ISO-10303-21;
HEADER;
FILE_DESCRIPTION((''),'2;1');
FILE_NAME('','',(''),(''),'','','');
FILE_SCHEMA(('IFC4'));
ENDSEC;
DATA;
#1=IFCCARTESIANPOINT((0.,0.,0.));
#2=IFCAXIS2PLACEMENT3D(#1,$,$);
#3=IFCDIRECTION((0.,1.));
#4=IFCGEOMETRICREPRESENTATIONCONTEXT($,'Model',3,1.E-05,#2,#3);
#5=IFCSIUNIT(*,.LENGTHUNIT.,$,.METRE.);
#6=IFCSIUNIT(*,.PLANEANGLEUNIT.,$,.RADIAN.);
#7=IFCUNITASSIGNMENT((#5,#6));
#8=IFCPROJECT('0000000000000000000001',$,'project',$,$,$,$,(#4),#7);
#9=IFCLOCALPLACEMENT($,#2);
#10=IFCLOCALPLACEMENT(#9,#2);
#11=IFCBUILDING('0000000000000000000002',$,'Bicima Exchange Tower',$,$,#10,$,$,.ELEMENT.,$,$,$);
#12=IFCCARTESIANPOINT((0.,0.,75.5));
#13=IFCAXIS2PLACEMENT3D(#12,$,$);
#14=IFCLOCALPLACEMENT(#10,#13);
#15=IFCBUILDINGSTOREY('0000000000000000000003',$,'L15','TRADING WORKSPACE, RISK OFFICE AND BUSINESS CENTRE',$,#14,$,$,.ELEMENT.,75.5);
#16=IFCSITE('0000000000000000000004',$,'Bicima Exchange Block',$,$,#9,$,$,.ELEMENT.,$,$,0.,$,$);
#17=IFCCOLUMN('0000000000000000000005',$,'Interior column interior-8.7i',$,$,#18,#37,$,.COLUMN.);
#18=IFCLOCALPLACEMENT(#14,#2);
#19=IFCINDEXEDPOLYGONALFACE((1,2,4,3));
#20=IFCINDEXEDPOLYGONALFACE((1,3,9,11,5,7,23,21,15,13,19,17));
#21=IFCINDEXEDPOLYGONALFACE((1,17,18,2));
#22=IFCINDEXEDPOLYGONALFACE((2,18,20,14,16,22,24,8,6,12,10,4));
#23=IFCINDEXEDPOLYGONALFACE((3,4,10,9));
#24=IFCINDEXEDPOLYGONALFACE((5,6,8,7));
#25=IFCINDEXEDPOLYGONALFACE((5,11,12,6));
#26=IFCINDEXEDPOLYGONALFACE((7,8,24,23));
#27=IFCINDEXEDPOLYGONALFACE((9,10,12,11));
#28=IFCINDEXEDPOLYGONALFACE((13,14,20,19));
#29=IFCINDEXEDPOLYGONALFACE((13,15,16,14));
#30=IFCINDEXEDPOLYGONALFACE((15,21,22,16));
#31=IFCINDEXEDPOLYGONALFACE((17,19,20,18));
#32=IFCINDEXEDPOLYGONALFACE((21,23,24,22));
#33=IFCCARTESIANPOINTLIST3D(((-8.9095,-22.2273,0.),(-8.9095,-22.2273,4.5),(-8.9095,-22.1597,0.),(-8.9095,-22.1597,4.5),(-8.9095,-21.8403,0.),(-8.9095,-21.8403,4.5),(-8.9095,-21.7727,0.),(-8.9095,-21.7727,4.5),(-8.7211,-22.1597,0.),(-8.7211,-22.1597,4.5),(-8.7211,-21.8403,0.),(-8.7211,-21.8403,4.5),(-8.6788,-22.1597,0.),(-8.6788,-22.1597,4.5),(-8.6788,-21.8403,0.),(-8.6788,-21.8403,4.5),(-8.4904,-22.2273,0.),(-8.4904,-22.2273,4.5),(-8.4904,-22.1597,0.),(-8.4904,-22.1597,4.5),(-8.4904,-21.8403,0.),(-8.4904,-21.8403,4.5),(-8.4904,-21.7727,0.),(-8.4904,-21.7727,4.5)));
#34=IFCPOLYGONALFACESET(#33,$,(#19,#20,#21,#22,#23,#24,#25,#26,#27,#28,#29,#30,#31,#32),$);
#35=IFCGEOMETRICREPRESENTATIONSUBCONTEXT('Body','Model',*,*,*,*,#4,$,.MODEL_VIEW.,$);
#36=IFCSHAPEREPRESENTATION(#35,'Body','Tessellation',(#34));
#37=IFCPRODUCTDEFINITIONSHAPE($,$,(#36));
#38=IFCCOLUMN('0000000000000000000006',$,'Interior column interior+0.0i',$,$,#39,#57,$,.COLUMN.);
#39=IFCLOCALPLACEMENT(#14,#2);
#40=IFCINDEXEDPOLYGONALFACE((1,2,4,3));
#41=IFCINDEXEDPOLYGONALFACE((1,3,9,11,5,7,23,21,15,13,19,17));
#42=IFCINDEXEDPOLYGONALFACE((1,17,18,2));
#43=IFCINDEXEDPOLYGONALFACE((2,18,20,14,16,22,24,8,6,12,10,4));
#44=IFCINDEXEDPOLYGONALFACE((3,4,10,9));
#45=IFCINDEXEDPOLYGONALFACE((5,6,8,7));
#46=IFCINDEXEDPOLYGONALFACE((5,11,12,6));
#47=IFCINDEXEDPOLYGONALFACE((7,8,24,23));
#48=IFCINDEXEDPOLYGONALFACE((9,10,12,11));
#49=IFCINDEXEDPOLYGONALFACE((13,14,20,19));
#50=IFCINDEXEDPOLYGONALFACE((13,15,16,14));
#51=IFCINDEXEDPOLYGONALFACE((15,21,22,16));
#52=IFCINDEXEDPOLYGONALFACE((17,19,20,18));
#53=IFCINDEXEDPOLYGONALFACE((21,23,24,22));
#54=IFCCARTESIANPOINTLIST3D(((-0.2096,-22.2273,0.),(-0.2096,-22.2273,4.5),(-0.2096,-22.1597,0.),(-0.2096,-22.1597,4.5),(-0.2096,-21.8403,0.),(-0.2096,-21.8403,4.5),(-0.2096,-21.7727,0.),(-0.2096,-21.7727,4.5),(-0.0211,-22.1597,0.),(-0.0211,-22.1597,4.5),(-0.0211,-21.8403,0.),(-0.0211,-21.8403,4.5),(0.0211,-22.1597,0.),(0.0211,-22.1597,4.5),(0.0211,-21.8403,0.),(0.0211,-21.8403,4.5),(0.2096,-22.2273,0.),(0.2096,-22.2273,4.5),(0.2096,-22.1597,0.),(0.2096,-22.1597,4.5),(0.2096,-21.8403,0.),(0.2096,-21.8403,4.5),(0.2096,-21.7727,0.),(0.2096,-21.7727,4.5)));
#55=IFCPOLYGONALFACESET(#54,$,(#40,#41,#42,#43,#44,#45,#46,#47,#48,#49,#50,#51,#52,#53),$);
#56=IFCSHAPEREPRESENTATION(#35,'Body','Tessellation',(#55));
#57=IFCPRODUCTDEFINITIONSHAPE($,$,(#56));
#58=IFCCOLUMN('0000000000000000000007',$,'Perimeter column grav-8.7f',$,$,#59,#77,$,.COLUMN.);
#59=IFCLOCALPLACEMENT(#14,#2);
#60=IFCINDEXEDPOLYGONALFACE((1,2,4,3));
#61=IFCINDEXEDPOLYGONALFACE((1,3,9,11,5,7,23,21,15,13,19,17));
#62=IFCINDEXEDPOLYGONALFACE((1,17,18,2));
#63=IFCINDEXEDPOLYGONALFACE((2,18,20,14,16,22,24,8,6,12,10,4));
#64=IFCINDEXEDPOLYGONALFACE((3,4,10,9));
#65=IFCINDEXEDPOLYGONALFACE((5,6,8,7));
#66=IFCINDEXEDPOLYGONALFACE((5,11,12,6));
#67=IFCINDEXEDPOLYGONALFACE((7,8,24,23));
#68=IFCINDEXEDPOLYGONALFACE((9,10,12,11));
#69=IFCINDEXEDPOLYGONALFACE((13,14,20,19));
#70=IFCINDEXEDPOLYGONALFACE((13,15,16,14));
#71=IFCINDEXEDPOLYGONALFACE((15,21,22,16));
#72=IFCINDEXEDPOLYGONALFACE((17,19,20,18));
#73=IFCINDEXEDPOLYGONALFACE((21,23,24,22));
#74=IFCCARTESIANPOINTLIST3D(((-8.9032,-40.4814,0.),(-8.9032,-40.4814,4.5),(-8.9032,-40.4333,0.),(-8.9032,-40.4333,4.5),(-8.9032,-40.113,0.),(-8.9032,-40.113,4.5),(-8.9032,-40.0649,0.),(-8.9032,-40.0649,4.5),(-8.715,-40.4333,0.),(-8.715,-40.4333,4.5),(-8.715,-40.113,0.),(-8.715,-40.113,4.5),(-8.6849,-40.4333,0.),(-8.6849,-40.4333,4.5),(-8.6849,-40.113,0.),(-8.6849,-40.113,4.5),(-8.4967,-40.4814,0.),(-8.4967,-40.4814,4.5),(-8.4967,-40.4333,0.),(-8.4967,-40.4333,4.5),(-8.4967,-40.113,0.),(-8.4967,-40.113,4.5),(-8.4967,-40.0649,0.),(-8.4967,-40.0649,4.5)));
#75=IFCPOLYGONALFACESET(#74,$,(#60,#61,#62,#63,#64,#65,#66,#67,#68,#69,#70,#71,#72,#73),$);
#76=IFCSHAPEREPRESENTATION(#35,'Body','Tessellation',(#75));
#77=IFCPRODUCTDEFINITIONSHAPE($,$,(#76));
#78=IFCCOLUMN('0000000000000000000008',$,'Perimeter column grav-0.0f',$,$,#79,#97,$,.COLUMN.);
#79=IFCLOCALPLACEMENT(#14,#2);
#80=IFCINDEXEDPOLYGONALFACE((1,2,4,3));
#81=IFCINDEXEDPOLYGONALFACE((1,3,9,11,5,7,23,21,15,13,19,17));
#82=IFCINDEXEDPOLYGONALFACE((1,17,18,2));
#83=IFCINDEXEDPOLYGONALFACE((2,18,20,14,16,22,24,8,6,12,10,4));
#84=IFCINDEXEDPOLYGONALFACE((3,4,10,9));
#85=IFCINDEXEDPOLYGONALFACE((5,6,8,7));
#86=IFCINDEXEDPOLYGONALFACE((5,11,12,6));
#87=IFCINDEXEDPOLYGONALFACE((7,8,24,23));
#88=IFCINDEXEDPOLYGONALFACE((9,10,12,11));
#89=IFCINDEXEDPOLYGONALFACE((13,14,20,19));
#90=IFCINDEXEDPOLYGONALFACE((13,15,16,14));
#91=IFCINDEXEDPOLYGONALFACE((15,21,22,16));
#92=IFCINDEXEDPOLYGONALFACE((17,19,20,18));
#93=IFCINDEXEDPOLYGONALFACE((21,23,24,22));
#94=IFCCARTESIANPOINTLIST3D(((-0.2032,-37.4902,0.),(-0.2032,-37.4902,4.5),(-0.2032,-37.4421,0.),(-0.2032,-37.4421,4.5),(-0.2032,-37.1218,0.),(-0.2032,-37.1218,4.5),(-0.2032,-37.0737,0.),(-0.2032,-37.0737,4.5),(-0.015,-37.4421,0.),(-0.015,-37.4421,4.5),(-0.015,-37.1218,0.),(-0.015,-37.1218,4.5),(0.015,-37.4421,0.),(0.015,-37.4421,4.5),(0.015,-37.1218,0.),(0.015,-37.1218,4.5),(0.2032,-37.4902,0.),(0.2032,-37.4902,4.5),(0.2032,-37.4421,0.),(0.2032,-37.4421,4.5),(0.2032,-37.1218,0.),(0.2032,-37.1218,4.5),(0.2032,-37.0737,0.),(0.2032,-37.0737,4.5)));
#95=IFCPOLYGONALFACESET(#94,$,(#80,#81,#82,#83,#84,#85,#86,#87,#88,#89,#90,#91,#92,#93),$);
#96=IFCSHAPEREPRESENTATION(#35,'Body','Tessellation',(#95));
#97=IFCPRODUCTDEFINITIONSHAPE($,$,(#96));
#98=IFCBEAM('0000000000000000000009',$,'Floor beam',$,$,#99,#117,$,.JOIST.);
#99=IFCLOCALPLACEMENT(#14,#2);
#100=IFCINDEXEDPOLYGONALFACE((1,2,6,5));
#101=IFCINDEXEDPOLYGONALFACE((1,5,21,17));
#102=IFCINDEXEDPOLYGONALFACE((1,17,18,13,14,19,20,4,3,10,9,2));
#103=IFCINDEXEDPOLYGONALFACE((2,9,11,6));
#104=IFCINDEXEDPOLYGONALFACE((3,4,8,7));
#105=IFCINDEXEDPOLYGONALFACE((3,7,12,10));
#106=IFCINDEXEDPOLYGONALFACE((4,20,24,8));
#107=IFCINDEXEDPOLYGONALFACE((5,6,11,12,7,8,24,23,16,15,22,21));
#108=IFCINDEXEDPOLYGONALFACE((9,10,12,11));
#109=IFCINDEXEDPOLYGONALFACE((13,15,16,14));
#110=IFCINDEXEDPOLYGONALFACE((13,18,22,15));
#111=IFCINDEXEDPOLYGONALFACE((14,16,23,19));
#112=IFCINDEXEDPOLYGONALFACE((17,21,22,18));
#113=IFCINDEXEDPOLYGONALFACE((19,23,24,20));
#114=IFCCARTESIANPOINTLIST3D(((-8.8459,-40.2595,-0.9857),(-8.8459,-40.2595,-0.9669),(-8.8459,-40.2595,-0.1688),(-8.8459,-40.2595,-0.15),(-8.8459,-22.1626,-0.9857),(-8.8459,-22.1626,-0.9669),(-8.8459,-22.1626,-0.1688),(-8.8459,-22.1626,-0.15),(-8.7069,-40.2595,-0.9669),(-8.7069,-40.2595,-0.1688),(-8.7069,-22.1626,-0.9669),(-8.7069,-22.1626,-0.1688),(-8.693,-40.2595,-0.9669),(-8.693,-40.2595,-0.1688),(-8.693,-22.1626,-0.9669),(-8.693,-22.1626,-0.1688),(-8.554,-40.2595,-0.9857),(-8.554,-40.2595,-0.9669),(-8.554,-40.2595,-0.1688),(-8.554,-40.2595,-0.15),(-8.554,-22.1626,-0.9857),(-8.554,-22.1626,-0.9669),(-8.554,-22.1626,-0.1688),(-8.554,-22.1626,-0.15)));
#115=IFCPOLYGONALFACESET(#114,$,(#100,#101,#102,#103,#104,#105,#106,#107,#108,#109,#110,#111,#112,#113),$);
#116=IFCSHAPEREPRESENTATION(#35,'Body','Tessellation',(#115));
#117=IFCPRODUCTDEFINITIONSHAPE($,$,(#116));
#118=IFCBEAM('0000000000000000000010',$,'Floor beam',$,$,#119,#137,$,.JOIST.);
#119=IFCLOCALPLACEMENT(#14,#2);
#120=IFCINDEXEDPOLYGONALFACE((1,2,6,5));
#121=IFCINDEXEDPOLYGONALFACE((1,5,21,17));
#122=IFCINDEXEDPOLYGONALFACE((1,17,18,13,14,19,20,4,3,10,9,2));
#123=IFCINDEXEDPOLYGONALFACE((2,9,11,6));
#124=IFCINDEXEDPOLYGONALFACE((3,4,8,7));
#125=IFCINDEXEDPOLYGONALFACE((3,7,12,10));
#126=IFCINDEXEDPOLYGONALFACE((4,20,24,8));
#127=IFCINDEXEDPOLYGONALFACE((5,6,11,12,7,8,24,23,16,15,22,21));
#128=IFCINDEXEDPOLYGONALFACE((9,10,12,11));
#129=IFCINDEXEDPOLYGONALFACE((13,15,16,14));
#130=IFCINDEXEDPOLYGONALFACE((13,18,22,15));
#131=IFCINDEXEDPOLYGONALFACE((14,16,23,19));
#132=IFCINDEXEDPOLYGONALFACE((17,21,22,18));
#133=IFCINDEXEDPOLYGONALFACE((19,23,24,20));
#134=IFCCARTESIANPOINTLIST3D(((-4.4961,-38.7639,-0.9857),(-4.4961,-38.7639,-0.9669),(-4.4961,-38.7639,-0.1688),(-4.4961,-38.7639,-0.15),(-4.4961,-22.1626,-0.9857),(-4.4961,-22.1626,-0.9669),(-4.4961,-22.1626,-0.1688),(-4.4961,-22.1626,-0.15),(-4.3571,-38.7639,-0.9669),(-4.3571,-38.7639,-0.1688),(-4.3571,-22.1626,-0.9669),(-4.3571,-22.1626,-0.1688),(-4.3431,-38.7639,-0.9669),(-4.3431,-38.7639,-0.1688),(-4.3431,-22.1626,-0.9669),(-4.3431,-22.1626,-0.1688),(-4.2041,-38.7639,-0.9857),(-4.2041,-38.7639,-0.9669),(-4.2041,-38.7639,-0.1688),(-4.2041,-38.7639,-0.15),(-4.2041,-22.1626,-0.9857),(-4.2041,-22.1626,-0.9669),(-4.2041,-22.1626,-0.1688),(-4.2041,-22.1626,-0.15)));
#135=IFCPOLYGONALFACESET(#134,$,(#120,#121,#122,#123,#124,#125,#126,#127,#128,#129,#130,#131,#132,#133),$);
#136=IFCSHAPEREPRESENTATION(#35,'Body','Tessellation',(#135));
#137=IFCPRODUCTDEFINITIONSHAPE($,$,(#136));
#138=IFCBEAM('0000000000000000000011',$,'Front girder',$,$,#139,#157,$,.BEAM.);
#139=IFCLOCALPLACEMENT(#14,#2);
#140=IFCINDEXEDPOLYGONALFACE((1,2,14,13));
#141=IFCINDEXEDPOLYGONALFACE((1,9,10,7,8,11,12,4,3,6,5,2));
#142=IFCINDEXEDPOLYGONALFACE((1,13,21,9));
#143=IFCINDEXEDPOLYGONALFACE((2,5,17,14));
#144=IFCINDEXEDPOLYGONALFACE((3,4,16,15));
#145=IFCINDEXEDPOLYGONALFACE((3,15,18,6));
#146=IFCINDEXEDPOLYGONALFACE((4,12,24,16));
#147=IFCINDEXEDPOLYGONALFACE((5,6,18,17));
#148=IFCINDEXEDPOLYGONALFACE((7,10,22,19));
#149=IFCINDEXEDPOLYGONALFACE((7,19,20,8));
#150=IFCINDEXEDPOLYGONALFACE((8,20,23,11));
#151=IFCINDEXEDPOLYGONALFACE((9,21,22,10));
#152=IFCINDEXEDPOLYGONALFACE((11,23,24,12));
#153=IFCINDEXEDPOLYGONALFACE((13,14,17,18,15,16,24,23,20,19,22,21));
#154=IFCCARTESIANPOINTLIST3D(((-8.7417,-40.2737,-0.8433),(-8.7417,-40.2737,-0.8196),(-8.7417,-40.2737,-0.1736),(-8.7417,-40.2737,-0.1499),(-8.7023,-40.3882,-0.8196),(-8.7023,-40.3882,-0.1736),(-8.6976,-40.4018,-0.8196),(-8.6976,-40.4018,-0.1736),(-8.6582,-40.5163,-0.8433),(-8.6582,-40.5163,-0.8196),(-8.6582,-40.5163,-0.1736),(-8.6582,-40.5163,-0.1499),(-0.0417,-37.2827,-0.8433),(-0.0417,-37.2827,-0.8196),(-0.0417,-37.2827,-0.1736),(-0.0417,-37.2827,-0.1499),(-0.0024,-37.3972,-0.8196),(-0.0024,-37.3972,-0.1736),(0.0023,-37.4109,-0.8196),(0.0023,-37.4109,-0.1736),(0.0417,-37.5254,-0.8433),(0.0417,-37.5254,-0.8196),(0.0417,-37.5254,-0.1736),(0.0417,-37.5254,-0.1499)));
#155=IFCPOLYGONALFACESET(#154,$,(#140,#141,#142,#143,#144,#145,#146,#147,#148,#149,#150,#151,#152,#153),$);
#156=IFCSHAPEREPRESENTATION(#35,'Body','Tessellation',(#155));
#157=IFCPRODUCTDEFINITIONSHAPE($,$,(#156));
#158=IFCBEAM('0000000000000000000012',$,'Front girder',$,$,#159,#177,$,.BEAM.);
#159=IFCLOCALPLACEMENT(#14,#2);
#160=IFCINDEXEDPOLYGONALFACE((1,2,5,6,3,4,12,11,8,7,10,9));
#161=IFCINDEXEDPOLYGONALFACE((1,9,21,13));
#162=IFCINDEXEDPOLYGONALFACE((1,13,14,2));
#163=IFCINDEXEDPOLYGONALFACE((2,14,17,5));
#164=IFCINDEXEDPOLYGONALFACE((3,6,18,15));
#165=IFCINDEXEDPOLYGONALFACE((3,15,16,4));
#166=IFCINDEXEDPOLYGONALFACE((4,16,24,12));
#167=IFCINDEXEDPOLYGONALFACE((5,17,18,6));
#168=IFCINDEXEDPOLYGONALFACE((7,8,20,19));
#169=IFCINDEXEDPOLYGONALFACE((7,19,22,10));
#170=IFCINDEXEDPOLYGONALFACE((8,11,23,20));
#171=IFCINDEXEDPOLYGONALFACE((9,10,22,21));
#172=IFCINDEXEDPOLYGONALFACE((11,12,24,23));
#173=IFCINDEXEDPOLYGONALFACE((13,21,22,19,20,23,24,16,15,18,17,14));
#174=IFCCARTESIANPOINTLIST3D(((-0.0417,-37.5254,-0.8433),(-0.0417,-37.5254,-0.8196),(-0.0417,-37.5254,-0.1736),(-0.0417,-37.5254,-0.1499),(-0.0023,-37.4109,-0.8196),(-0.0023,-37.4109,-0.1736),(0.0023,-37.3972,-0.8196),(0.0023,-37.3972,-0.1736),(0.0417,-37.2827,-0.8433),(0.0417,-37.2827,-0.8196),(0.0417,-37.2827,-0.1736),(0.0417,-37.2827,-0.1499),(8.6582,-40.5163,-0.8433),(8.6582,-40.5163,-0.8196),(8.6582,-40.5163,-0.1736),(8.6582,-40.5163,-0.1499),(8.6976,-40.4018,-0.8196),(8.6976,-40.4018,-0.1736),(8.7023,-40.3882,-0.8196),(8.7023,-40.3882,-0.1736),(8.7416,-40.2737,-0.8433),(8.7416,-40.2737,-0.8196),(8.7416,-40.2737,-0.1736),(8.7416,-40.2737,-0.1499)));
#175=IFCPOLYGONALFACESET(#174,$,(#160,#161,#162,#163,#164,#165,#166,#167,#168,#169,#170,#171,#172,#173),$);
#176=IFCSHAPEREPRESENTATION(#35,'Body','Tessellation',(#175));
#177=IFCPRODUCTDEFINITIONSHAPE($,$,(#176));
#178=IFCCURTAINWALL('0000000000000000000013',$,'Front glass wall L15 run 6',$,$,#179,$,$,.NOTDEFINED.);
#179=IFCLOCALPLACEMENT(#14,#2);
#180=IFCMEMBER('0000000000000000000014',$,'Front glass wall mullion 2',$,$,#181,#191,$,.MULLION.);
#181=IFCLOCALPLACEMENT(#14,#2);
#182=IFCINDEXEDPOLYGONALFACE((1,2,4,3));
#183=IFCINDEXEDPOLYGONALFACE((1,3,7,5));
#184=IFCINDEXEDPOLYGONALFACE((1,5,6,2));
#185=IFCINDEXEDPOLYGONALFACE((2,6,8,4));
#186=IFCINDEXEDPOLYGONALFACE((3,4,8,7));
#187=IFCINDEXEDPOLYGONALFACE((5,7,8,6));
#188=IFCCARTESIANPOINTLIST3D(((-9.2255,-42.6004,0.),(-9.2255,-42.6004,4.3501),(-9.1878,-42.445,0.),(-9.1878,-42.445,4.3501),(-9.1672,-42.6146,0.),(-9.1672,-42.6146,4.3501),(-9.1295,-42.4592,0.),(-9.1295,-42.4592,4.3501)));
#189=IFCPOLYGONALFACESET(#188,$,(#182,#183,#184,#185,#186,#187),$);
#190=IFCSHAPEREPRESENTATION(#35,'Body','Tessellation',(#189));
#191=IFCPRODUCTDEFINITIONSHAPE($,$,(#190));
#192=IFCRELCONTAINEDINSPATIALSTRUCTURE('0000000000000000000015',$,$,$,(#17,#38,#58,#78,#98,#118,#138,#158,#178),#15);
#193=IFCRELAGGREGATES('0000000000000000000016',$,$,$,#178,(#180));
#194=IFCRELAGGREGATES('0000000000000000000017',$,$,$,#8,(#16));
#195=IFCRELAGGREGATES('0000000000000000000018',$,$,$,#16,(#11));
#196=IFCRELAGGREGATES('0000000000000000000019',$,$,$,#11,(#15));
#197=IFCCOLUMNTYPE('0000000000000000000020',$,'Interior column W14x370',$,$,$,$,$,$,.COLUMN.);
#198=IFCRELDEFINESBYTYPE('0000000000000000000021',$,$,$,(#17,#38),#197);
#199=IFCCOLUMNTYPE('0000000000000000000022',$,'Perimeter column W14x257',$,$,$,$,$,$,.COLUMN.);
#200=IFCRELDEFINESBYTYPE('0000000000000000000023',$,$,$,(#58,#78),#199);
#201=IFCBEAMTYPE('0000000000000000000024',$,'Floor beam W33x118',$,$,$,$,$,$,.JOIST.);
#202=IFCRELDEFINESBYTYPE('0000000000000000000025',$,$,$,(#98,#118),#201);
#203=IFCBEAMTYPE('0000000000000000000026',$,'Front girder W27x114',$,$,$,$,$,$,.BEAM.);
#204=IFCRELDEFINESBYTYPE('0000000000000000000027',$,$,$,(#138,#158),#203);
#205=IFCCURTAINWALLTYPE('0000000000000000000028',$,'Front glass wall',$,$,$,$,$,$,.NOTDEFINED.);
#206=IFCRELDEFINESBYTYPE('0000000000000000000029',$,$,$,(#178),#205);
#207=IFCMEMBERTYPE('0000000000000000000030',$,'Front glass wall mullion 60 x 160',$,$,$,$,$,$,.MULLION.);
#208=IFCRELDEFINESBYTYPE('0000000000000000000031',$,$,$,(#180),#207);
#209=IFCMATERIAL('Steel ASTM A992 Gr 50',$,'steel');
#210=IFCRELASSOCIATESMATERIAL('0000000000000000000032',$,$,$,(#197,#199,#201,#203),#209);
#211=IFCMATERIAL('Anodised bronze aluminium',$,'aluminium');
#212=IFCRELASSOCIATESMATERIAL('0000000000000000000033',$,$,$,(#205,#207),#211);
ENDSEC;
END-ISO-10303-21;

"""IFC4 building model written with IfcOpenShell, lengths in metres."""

from ifc_helpers import new_model, si_unit, direction, frame, origin, origin_2d, place, context, subcontext, project, spatial, rectangle, i_section, extrude, material, material_profile, profile_set, type_object, element, aggregate, save


model = new_model("IFC4")

# Units and contexts
model_context = context("Model", 3, precision=1e-05, world=origin(), true_north=direction((0.0, 1.0)))
body_context = subcontext(model_context, "Body", "Model", "MODEL_VIEW")
ifc_project = project(units=[si_unit("LENGTHUNIT", "METRE"), si_unit("PLANEANGLEUNIT", "RADIAN")], contexts=[model_context])

# Site, building, storey
site_placement = place(None, origin())
site = spatial("IfcSite", under=ifc_project, at=site_placement, Name="Bicima Exchange Block", CompositionType="ELEMENT", RefElevation=0.0)
building_placement = place(site_placement, origin())
building = spatial("IfcBuilding", under=site, at=building_placement, Name="Bicima Exchange Tower", CompositionType="ELEMENT")
storey_placement = place(building_placement, frame((0.0, 0.0, 75.5)))
storey = spatial("IfcBuildingStorey", under=building, at=storey_placement, Name="L15", Description="TRADING WORKSPACE, RISK OFFICE AND BUSINESS CENTRE", CompositionType="ELEMENT", Elevation=75.5)

# Columns
ifc_material_1 = material(Name="Steel ASTM A992 Gr 50", Category="steel")
ifc_material_profile_1 = material_profile(ifc_material_1, i_section(OverallWidth=0.4192, OverallDepth=0.4546, WebThickness=0.0422, FlangeThickness=0.0676, at=origin_2d()))
ifc_profile_set_1 = profile_set([ifc_material_profile_1], Name="Steel ASTM A992 Gr 50")
column_type_1 = type_object("IfcColumnType", Name="Interior column W14x370", PredefinedType="COLUMN", material=ifc_profile_set_1)
for number, where, z_axis, x_axis, name in (
    (1, (-8.7, -22.0, 0.0), (0.0, 0.0, 1.0), (1.0, 0.0, 0.0), "Interior column interior-8.7i"),
    (2, (0.0, -22.0, 0.0), (0.0, 0.0, 1.0), (1.0, 0.0, 0.0), "Interior column interior+0.0i"),
):
    element("IfcColumn", number, at=place(storey_placement, frame(where, z_axis=z_axis, x_axis=x_axis)), inside=storey, type_object=column_type_1, Name=name, PredefinedType="COLUMN", context=body_context, shape_type="SweptSolid", body=[
        extrude(i_section(OverallWidth=0.4192, OverallDepth=0.4546, WebThickness=0.0422, FlangeThickness=0.0676, at=origin_2d()), origin(), (0.0, 0.0, 1.0), 4.5),
    ])
ifc_material_profile_2 = material_profile(ifc_material_1, i_section(OverallWidth=0.4065, OverallDepth=0.4165, WebThickness=0.03, FlangeThickness=0.0481, at=origin_2d()))
ifc_profile_set_2 = profile_set([ifc_material_profile_2], Name="Steel ASTM A992 Gr 50")
column_type_2 = type_object("IfcColumnType", Name="Perimeter column W14x257", PredefinedType="COLUMN", material=ifc_profile_set_2)
for number, where, z_axis, x_axis, name in (
    (3, (-8.7, -40.2732, 0.0), (0.0, 0.0, 1.0), (1.0, 0.0, 0.0), "Perimeter column grav-8.7f"),
    (4, (0.0, -37.282, 0.0), (0.0, 0.0, 1.0), (1.0, 0.0, 0.0), "Perimeter column grav-0.0f"),
):
    element("IfcColumn", number, at=place(storey_placement, frame(where, z_axis=z_axis, x_axis=x_axis)), inside=storey, type_object=column_type_2, Name=name, PredefinedType="COLUMN", context=body_context, shape_type="SweptSolid", body=[
        extrude(i_section(OverallWidth=0.4065, OverallDepth=0.4165, WebThickness=0.03, FlangeThickness=0.0481, at=origin_2d()), origin(), (0.0, 0.0, 1.0), 4.5),
    ])

# Beams
ifc_material_profile_3 = material_profile(ifc_material_1, i_section(OverallWidth=0.292, OverallDepth=0.8357, WebThickness=0.0139, FlangeThickness=0.0188, at=origin_2d()))
ifc_profile_set_3 = profile_set([ifc_material_profile_3], Name="Steel ASTM A992 Gr 50")
beam_type_1 = type_object("IfcBeamType", Name="Floor beam W33x118", PredefinedType="JOIST", material=ifc_profile_set_3)
beam_1_placement = place(storey_placement, frame((-8.7, -22.1626, -0.5679), z_axis=(0.0, -1.0, 0.0), x_axis=(1.0, 0.0, 0.0)))
element("IfcBeam", 5, at=beam_1_placement, inside=storey, type_object=beam_type_1, Name="Floor beam", PredefinedType="JOIST", context=body_context, shape_type="SweptSolid", body=[
    extrude(i_section(OverallWidth=0.292, OverallDepth=0.8357, WebThickness=0.0139, FlangeThickness=0.0188, at=origin_2d()), origin(), (0.0, 0.0, 1.0), 18.0969),
])
beam_2_placement = place(storey_placement, frame((-4.3501, -22.1626, -0.5679), z_axis=(0.0, -1.0, 0.0), x_axis=(1.0, 0.0, 0.0)))
element("IfcBeam", 6, at=beam_2_placement, inside=storey, type_object=beam_type_1, Name="Floor beam", PredefinedType="JOIST", context=body_context, shape_type="SweptSolid", body=[
    extrude(i_section(OverallWidth=0.292, OverallDepth=0.8357, WebThickness=0.0139, FlangeThickness=0.0188, at=origin_2d()), origin(), (0.0, 0.0, 1.0), 16.6013),
])
ifc_material_profile_4 = material_profile(ifc_material_1, i_section(OverallWidth=0.2566, OverallDepth=0.6934, WebThickness=0.0144, FlangeThickness=0.0237, at=origin_2d()))
ifc_profile_set_4 = profile_set([ifc_material_profile_4], Name="Steel ASTM A992 Gr 50")
beam_type_2 = type_object("IfcBeamType", Name="Front girder W27x114", PredefinedType="BEAM", material=ifc_profile_set_4)
for number, where, z_axis, x_axis, name in (
    (7, (-8.7, -40.395, -0.4966), (0.945675, 0.325115, 0.0), (-0.325115, 0.945675, 0.0), "Front girder"),
    (8, (0.0, -37.4041, -0.4966), (0.945675, -0.325115, 0.0), (0.325115, 0.945675, 0.0), "Front girder"),
):
    element("IfcBeam", number, at=place(storey_placement, frame(where, z_axis=z_axis, x_axis=x_axis)), inside=storey, type_object=beam_type_2, Name=name, PredefinedType="BEAM", context=body_context, shape_type="SweptSolid", body=[
        extrude(i_section(OverallWidth=0.2566, OverallDepth=0.6934, WebThickness=0.0144, FlangeThickness=0.0237, at=origin_2d()), origin(), (0.0, 0.0, 1.0), 9.1997),
    ])

# Curtain wall, member
ifc_material_2 = material(Name="Anodised bronze aluminium", Category="aluminium")
curtain_wall_type = type_object("IfcCurtainWallType", Name="Front glass wall", PredefinedType="NOTDEFINED", material=ifc_material_2)
curtain_wall_placement = place(storey_placement, origin())
curtain_wall = element("IfcCurtainWall", 9, at=curtain_wall_placement, inside=storey, type_object=curtain_wall_type, Name="Front glass wall L15 run 6", PredefinedType="NOTDEFINED")
ifc_material_profile_5 = material_profile(ifc_material_2, rectangle(XDim=0.1599, YDim=0.0601, at=origin_2d()))
ifc_profile_set_5 = profile_set([ifc_material_profile_5], Name="Anodised bronze aluminium")
member_type_1 = type_object("IfcMemberType", Name="Front glass wall mullion 60 x 160", PredefinedType="MULLION", material=ifc_profile_set_5)
member_1_placement = place(storey_placement, frame((-9.1775, -42.5298, 0.0), z_axis=(0.0, 0.0, 1.0), x_axis=(0.235682, 0.97183, 0.0)))
member_1 = element("IfcMember", 10, at=member_1_placement, type_object=member_type_1, Name="Front glass wall mullion 2", PredefinedType="MULLION", context=body_context, shape_type="SweptSolid", body=[
    extrude(rectangle(XDim=0.1599, YDim=0.0601, at=origin_2d()), origin(), (0.0, 0.0, 1.0), 4.3501),
])

aggregate(curtain_wall, [member_1])

save(model, "model.ifc")
